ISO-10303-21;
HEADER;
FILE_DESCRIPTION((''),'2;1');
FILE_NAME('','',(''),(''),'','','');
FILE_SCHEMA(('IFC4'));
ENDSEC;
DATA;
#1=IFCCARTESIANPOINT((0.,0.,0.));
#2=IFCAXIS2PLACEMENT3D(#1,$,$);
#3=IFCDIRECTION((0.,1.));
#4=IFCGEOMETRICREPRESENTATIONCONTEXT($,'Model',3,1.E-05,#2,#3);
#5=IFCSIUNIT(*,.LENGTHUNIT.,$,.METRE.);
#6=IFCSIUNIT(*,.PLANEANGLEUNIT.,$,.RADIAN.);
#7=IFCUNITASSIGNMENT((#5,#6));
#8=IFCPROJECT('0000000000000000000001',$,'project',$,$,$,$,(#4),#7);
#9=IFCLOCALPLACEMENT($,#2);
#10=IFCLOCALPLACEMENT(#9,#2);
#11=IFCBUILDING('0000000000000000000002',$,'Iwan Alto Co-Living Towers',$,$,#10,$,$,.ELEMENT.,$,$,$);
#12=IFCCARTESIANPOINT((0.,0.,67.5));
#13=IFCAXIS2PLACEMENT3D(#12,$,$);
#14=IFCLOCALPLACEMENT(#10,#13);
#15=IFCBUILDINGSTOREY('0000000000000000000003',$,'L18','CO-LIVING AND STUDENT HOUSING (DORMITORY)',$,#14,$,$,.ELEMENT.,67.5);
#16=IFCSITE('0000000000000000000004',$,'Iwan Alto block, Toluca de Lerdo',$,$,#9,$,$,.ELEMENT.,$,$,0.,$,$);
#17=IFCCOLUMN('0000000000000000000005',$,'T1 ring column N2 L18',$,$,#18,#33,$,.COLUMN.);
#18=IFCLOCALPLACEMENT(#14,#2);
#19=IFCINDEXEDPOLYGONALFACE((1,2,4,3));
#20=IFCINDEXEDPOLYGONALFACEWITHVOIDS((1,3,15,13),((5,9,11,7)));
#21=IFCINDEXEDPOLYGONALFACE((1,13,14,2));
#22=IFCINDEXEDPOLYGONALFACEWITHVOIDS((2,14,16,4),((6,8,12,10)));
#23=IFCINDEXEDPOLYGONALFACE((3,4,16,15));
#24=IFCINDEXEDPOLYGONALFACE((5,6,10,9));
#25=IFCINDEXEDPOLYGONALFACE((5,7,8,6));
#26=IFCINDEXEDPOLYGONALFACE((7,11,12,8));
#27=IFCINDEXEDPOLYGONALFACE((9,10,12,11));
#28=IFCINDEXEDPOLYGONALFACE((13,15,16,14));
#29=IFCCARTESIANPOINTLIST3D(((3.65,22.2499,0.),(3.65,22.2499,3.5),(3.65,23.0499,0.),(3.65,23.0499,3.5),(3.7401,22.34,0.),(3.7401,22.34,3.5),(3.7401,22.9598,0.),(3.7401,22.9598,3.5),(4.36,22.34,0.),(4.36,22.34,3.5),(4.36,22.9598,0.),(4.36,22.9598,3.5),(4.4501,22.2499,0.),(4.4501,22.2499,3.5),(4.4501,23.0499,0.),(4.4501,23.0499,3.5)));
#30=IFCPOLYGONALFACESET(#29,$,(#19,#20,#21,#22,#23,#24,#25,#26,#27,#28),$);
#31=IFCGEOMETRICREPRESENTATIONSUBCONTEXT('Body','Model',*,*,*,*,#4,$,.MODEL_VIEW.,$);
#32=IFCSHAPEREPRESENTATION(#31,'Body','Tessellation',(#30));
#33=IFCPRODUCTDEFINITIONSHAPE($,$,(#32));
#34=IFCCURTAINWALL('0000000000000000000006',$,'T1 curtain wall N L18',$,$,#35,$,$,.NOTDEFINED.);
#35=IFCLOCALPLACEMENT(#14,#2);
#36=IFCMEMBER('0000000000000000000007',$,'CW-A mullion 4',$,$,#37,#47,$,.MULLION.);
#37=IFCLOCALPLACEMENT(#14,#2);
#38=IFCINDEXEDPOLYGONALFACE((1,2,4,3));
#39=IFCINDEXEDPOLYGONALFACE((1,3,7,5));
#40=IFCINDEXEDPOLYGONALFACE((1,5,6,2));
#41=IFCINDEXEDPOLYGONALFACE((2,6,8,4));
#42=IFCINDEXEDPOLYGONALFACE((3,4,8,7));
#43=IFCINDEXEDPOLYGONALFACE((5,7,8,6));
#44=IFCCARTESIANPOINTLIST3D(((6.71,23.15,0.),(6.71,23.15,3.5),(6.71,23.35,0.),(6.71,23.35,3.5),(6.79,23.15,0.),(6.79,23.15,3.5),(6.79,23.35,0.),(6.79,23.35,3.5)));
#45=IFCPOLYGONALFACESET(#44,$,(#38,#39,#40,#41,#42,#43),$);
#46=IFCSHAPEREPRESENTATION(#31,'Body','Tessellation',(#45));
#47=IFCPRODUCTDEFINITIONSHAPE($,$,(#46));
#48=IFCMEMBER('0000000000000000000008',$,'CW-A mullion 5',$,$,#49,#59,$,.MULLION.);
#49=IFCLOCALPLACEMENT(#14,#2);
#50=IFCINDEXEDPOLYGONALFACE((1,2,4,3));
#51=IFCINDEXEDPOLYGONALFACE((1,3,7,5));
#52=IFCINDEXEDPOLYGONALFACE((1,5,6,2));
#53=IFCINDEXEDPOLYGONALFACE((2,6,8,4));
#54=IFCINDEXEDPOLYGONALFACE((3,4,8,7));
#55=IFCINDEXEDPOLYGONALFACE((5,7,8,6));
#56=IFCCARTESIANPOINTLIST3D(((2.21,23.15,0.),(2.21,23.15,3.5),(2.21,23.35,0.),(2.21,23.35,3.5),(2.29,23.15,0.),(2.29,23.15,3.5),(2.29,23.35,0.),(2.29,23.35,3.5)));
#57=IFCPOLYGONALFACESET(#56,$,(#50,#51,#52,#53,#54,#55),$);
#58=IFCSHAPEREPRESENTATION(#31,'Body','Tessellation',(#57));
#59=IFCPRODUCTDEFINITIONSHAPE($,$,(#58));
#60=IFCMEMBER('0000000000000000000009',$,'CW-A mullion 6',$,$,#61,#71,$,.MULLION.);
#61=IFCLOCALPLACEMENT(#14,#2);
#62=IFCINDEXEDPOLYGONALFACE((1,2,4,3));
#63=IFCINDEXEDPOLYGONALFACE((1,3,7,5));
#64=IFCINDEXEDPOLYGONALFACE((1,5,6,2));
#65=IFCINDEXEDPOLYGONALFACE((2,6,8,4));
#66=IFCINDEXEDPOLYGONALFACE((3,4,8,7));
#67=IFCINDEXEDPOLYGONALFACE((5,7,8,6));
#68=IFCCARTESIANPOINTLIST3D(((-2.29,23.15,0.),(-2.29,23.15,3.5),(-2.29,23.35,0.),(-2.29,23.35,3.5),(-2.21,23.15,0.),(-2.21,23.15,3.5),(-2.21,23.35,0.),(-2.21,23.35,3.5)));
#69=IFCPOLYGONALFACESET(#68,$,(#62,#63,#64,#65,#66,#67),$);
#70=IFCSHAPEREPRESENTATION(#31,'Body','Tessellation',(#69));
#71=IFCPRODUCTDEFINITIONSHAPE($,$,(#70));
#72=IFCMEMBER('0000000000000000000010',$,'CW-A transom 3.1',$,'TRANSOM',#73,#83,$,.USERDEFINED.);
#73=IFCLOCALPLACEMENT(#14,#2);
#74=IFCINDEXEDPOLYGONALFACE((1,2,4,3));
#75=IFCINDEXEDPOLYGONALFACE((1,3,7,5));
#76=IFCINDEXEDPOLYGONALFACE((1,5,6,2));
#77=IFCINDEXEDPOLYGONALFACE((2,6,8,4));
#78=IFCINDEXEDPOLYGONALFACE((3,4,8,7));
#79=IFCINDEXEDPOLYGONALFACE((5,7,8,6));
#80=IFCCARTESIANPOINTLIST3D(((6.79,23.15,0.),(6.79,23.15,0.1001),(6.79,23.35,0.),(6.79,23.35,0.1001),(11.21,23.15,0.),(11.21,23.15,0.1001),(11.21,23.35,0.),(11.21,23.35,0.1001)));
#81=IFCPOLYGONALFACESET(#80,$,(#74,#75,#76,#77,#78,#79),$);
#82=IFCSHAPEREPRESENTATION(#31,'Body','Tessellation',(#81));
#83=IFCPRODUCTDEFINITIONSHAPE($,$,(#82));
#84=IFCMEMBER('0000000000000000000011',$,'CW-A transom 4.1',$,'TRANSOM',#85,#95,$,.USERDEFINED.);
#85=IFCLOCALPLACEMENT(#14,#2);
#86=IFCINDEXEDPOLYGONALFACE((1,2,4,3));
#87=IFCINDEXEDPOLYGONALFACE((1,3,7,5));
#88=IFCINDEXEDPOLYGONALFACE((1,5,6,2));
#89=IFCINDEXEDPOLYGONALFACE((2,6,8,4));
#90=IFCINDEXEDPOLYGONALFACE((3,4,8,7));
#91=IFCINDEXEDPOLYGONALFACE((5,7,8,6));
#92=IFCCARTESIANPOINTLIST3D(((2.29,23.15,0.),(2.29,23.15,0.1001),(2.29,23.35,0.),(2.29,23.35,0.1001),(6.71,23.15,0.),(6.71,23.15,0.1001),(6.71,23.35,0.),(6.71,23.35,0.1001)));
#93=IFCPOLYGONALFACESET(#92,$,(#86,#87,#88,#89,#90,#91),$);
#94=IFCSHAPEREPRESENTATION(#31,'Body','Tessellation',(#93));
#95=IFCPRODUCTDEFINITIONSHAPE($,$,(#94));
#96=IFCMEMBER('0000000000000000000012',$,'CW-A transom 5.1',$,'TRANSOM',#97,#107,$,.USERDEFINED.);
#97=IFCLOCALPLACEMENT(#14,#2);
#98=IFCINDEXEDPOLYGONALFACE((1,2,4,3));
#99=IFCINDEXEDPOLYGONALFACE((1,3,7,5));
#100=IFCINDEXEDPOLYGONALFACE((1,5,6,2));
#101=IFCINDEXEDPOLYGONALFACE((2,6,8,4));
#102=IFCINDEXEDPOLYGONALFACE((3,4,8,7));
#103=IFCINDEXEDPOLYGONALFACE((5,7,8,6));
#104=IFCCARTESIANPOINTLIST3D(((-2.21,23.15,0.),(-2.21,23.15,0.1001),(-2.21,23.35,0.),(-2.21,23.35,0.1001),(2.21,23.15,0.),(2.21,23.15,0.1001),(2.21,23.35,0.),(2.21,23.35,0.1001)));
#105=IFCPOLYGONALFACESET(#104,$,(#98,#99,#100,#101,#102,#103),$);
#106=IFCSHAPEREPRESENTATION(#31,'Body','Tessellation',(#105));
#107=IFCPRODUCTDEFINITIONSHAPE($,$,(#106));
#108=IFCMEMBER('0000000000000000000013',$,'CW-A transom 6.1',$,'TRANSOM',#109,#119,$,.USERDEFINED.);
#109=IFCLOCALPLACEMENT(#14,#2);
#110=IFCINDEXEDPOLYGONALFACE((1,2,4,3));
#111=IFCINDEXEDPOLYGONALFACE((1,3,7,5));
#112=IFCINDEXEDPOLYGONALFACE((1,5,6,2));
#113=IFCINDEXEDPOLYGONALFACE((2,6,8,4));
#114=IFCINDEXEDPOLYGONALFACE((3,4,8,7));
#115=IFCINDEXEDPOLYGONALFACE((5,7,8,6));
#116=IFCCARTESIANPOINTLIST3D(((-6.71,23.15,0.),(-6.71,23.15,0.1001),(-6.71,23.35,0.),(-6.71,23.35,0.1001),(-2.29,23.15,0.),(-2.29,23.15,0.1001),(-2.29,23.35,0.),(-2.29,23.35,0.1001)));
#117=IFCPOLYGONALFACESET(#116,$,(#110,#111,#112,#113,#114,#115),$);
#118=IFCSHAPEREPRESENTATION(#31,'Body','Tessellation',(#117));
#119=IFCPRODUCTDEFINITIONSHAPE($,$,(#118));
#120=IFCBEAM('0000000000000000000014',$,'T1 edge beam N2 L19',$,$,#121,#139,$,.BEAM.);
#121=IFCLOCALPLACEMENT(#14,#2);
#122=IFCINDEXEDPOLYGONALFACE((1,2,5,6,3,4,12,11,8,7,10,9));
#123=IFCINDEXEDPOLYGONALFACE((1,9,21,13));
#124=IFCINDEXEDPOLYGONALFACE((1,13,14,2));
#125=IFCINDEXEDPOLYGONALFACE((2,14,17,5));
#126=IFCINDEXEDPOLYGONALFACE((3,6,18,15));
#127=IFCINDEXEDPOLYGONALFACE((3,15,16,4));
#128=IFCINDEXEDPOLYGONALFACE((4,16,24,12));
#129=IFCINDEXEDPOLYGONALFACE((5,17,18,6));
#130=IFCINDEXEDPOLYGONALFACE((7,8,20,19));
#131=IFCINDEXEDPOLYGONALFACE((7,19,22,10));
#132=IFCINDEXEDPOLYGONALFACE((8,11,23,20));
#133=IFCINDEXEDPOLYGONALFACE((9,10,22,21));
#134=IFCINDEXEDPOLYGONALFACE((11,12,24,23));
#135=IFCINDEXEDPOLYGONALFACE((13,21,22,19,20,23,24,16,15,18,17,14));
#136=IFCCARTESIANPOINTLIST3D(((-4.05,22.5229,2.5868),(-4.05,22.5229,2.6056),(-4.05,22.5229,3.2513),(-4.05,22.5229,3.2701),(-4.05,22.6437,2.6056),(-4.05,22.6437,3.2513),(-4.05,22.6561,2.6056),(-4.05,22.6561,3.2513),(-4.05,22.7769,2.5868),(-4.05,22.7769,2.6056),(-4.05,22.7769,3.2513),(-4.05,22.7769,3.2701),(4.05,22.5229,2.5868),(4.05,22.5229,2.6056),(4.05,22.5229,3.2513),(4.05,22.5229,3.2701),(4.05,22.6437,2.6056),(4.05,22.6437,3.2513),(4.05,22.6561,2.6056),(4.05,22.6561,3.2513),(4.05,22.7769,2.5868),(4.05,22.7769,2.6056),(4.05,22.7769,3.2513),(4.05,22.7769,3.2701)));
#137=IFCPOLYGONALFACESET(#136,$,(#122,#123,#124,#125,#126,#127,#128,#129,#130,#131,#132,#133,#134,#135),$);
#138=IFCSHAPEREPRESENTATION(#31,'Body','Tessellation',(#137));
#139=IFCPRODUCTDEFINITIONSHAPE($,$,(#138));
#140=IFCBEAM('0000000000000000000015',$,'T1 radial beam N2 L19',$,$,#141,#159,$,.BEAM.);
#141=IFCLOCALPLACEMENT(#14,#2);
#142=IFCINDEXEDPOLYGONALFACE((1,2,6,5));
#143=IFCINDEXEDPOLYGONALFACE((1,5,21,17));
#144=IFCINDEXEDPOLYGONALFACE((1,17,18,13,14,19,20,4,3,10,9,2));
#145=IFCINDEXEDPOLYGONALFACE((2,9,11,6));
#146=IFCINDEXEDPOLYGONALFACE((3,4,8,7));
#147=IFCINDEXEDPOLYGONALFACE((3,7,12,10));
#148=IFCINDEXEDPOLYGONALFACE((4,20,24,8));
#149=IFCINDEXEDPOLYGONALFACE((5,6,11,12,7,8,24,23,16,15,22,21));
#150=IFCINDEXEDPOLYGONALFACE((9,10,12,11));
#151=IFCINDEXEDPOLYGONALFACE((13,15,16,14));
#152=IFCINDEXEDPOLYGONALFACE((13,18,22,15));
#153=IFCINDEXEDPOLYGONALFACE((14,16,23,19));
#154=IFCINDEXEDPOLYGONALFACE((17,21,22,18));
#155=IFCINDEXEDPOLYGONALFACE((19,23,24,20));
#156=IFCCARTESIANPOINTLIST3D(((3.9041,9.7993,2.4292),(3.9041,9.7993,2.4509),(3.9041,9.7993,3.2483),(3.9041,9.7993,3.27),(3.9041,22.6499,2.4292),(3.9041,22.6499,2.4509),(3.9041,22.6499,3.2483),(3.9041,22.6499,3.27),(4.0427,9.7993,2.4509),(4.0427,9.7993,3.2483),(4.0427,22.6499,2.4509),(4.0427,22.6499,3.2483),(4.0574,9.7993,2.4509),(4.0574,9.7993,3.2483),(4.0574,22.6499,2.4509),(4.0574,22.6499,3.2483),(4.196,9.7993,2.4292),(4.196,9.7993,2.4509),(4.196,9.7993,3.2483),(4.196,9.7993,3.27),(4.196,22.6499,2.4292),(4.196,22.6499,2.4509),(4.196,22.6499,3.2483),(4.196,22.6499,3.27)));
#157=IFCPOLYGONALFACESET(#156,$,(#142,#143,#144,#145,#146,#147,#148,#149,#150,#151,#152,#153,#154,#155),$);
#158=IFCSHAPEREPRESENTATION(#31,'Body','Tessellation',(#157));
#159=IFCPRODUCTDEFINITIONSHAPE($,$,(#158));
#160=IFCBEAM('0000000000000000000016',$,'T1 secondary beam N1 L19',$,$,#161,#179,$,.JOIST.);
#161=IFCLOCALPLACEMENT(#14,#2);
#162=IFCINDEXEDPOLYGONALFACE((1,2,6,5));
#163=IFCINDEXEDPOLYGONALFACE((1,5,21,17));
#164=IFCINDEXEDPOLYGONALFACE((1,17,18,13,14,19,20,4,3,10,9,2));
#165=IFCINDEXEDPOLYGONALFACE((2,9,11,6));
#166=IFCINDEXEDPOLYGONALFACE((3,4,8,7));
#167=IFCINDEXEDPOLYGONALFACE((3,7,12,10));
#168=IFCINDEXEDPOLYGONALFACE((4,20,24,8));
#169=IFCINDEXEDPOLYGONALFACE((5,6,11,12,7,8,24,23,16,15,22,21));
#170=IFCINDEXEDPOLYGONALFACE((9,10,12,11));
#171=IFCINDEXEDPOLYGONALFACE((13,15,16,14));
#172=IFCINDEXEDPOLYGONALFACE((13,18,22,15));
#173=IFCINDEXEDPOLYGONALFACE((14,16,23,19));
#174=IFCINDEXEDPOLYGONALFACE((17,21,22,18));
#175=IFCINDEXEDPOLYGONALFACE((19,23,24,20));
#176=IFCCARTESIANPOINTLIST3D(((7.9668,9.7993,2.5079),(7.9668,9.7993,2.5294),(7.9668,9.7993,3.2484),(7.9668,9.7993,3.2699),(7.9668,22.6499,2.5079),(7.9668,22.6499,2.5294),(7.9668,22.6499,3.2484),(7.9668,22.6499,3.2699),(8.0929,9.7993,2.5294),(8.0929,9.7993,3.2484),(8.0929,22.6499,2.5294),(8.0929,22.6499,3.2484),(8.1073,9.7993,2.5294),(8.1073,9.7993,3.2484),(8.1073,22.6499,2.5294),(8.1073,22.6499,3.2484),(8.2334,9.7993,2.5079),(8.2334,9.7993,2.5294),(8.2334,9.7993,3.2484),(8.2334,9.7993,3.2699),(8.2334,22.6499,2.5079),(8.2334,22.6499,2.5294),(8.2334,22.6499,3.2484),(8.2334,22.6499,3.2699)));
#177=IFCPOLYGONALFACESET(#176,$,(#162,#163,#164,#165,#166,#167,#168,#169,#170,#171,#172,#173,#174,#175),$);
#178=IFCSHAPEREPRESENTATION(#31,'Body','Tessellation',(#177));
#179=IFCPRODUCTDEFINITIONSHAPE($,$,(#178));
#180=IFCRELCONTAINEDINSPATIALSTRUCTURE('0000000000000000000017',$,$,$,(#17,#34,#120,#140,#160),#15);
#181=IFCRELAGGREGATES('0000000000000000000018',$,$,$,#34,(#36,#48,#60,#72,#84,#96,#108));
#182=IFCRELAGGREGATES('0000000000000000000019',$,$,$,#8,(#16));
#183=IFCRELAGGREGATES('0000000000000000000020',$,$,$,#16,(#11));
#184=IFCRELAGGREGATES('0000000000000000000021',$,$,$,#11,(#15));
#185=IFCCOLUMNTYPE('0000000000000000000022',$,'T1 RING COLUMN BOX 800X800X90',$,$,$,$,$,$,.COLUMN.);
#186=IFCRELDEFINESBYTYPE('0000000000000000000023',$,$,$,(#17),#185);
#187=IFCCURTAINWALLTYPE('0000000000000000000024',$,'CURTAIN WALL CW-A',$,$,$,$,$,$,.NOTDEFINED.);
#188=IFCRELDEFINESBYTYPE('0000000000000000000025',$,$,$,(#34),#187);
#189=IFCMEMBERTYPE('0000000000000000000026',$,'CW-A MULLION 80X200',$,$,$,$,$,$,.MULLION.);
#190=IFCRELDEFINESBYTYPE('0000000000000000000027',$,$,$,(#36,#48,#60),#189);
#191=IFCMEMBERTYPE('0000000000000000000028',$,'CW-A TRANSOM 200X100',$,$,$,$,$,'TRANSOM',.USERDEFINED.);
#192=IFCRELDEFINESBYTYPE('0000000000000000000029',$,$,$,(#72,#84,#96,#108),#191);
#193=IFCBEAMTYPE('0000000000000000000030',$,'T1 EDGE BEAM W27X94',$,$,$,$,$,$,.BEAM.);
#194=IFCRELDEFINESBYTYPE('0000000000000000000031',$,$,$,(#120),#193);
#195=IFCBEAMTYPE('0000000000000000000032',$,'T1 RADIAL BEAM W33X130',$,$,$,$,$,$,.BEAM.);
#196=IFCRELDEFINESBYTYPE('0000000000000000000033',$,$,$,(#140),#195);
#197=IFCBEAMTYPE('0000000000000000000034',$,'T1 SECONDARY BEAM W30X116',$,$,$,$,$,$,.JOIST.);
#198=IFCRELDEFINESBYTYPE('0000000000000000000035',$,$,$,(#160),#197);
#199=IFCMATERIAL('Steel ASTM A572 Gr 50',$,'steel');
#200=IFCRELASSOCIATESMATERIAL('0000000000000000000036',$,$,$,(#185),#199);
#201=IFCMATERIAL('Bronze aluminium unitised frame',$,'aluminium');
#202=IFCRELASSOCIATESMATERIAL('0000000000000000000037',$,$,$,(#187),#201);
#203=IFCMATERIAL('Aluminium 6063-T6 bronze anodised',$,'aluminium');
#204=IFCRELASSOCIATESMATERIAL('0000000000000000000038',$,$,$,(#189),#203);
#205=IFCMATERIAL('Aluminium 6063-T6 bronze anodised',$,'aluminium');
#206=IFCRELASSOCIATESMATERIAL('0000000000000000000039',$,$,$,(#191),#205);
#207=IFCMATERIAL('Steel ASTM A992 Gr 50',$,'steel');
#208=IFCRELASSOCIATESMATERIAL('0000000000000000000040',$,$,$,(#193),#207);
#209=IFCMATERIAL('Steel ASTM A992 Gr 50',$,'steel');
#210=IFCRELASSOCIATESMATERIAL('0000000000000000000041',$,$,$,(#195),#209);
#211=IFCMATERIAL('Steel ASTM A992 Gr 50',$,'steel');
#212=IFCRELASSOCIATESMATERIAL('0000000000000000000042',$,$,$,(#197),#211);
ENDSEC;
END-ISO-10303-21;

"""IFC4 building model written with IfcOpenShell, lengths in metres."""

from ifc_helpers import new_model, si_unit, direction, frame, origin, origin_2d, place, context, subcontext, project, spatial, rectangle, hollow_rectangle, i_section, extrude, material, material_profile, profile_set, type_object, element, aggregate, save


model = new_model("IFC4")

# Units and contexts
model_context = context("Model", 3, precision=1e-05, world=origin(), true_north=direction((0.0, 1.0)))
body_context = subcontext(model_context, "Body", "Model", "MODEL_VIEW")
ifc_project = project(units=[si_unit("LENGTHUNIT", "METRE"), si_unit("PLANEANGLEUNIT", "RADIAN")], contexts=[model_context])

# Site, building, storey
site_placement = place(None, origin())
site = spatial("IfcSite", under=ifc_project, at=site_placement, Name="Iwan Alto block, Toluca de Lerdo", CompositionType="ELEMENT", RefElevation=0.0)
building_placement = place(site_placement, origin())
building = spatial("IfcBuilding", under=site, at=building_placement, Name="Iwan Alto Co-Living Towers", CompositionType="ELEMENT")
storey_placement = place(building_placement, frame((0.0, 0.0, 67.5)))
storey = spatial("IfcBuildingStorey", under=building, at=storey_placement, Name="L18", Description="CO-LIVING AND STUDENT HOUSING (DORMITORY)", CompositionType="ELEMENT", Elevation=67.5)

# Column
ifc_material_1 = material(Name="Steel ASTM A572 Gr 50", Category="steel")
ifc_material_profile_1 = material_profile(ifc_material_1, hollow_rectangle(XDim=0.8, YDim=0.8, WallThickness=0.0901, at=origin_2d()), Name="BOX 800X800X90")
ifc_profile_set_1 = profile_set([ifc_material_profile_1], Name="Steel ASTM A572 Gr 50")
column_type = type_object("IfcColumnType", Name="T1 RING COLUMN BOX 800X800X90", PredefinedType="COLUMN", material=ifc_profile_set_1)
column_placement = place(storey_placement, frame((4.05, 22.6499, 0.0), z_axis=(0.0, 0.0, 1.0), x_axis=(1.0, 0.0, 0.0)))
element("IfcColumn", 1, at=column_placement, inside=storey, type_object=column_type, Name="T1 ring column N2 L18", PredefinedType="COLUMN", context=body_context, shape_type="SweptSolid", body=[
    extrude(hollow_rectangle(XDim=0.8, YDim=0.8, WallThickness=0.0901, at=origin_2d()), origin(), (0.0, 0.0, 1.0), 3.5),
])

# Curtain wall, members
ifc_material_2 = material(Name="Bronze aluminium unitised frame", Category="aluminium")
curtain_wall_type = type_object("IfcCurtainWallType", Name="CURTAIN WALL CW-A", PredefinedType="NOTDEFINED", material=ifc_material_2)
curtain_wall_placement = place(storey_placement, origin())
curtain_wall = element("IfcCurtainWall", 2, at=curtain_wall_placement, inside=storey, type_object=curtain_wall_type, Name="T1 curtain wall N L18", PredefinedType="NOTDEFINED")
ifc_material_3 = material(Name="Aluminium 6063-T6 bronze anodised", Category="aluminium")
ifc_material_profile_2 = material_profile(ifc_material_3, rectangle(XDim=0.2, YDim=0.0801, at=origin_2d()), Name="AL 80X200")
ifc_profile_set_2 = profile_set([ifc_material_profile_2], Name="Aluminium 6063-T6 bronze anodised")
member_type_1 = type_object("IfcMemberType", Name="CW-A MULLION 80X200", PredefinedType="MULLION", material=ifc_profile_set_2)
member_1_placement = place(storey_placement, frame((6.75, 23.25, 0.0), z_axis=(0.0, 0.0, 1.0), x_axis=(0.0, -1.0, 0.0)))
member_1 = element("IfcMember", 3, at=member_1_placement, type_object=member_type_1, Name="CW-A mullion 4", PredefinedType="MULLION", context=body_context, shape_type="SweptSolid", body=[
    extrude(rectangle(XDim=0.2, YDim=0.0801, at=origin_2d()), origin(), (0.0, 0.0, 1.0), 3.5),
])
member_2_placement = place(storey_placement, frame((2.25, 23.25, 0.0), z_axis=(0.0, 0.0, 1.0), x_axis=(0.0, -1.0, 0.0)))
member_2 = element("IfcMember", 4, at=member_2_placement, type_object=member_type_1, Name="CW-A mullion 5", PredefinedType="MULLION", context=body_context, shape_type="SweptSolid", body=[
    extrude(rectangle(XDim=0.2, YDim=0.0801, at=origin_2d()), origin(), (0.0, 0.0, 1.0), 3.5),
])
member_3_placement = place(storey_placement, frame((-2.25, 23.25, 0.0), z_axis=(0.0, 0.0, 1.0), x_axis=(0.0, -1.0, 0.0)))
member_3 = element("IfcMember", 5, at=member_3_placement, type_object=member_type_1, Name="CW-A mullion 6", PredefinedType="MULLION", context=body_context, shape_type="SweptSolid", body=[
    extrude(rectangle(XDim=0.2, YDim=0.0801, at=origin_2d()), origin(), (0.0, 0.0, 1.0), 3.5),
])
ifc_material_4 = material(Name="Aluminium 6063-T6 bronze anodised", Category="aluminium")
ifc_material_profile_3 = material_profile(ifc_material_4, rectangle(XDim=0.2, YDim=0.1001, at=origin_2d()), Name="AL 200X100")
ifc_profile_set_3 = profile_set([ifc_material_profile_3], Name="Aluminium 6063-T6 bronze anodised")
member_type_2 = type_object("IfcMemberType", Name="CW-A TRANSOM 200X100", ElementType="TRANSOM", PredefinedType="USERDEFINED", material=ifc_profile_set_3)
member_4_placement = place(storey_placement, frame((11.21, 23.25, 0.05), z_axis=(-1.0, 0.0, 0.0), x_axis=(0.0, -1.0, 0.0)))
member_4 = element("IfcMember", 6, at=member_4_placement, type_object=member_type_2, Name="CW-A transom 3.1", ObjectType="TRANSOM", PredefinedType="USERDEFINED", context=body_context, shape_type="SweptSolid", body=[
    extrude(rectangle(XDim=0.2, YDim=0.1001, at=origin_2d()), origin(), (0.0, 0.0, 1.0), 4.4199),
])
member_5_placement = place(storey_placement, frame((6.71, 23.25, 0.05), z_axis=(-1.0, 0.0, 0.0), x_axis=(0.0, -1.0, 0.0)))
member_5 = element("IfcMember", 7, at=member_5_placement, type_object=member_type_2, Name="CW-A transom 4.1", ObjectType="TRANSOM", PredefinedType="USERDEFINED", context=body_context, shape_type="SweptSolid", body=[
    extrude(rectangle(XDim=0.2, YDim=0.1001, at=origin_2d()), origin(), (0.0, 0.0, 1.0), 4.4199),
])
member_6_placement = place(storey_placement, frame((2.21, 23.25, 0.05), z_axis=(-1.0, 0.0, 0.0), x_axis=(0.0, -1.0, 0.0)))
member_6 = element("IfcMember", 8, at=member_6_placement, type_object=member_type_2, Name="CW-A transom 5.1", ObjectType="TRANSOM", PredefinedType="USERDEFINED", context=body_context, shape_type="SweptSolid", body=[
    extrude(rectangle(XDim=0.2, YDim=0.1001, at=origin_2d()), origin(), (0.0, 0.0, 1.0), 4.4199),
])
member_7_placement = place(storey_placement, frame((-2.29, 23.25, 0.05), z_axis=(-1.0, 0.0, 0.0), x_axis=(0.0, -1.0, 0.0)))
member_7 = element("IfcMember", 9, at=member_7_placement, type_object=member_type_2, Name="CW-A transom 6.1", ObjectType="TRANSOM", PredefinedType="USERDEFINED", context=body_context, shape_type="SweptSolid", body=[
    extrude(rectangle(XDim=0.2, YDim=0.1001, at=origin_2d()), origin(), (0.0, 0.0, 1.0), 4.4199),
])

# Beams
ifc_material_5 = material(Name="Steel ASTM A992 Gr 50", Category="steel")
ifc_material_profile_4 = material_profile(ifc_material_5, i_section(OverallWidth=0.2539, OverallDepth=0.6833, WebThickness=0.0125, FlangeThickness=0.0188, at=origin_2d()), Name="W27X94")
ifc_profile_set_4 = profile_set([ifc_material_profile_4], Name="Steel ASTM A992 Gr 50")
beam_type_1 = type_object("IfcBeamType", Name="T1 EDGE BEAM W27X94", PredefinedType="BEAM", material=ifc_profile_set_4)
beam_1_placement = place(storey_placement, frame((4.05, 22.6499, 2.9285), z_axis=(-1.0, 0.0, 0.0), x_axis=(0.0, -1.0, 0.0)))
element("IfcBeam", 10, at=beam_1_placement, inside=storey, type_object=beam_type_1, Name="T1 edge beam N2 L19", PredefinedType="BEAM", context=body_context, shape_type="SweptSolid", body=[
    extrude(i_section(OverallWidth=0.2539, OverallDepth=0.6833, WebThickness=0.0125, FlangeThickness=0.0188, at=origin_2d()), origin(), (0.0, 0.0, 1.0), 8.1001),
])
ifc_material_6 = material(Name="Steel ASTM A992 Gr 50", Category="steel")
ifc_material_profile_5 = material_profile(ifc_material_6, i_section(OverallWidth=0.292, OverallDepth=0.8408, WebThickness=0.0146, FlangeThickness=0.0217, at=origin_2d()), Name="W33X130")
ifc_profile_set_5 = profile_set([ifc_material_profile_5], Name="Steel ASTM A992 Gr 50")
beam_type_2 = type_object("IfcBeamType", Name="T1 RADIAL BEAM W33X130", PredefinedType="BEAM", material=ifc_profile_set_5)
beam_2_placement = place(storey_placement, frame((4.05, 22.6499, 2.8496), z_axis=(0.0, -1.0, 0.0), x_axis=(1.0, 0.0, 0.0)))
element("IfcBeam", 11, at=beam_2_placement, inside=storey, type_object=beam_type_2, Name="T1 radial beam N2 L19", PredefinedType="BEAM", context=body_context, shape_type="SweptSolid", body=[
    extrude(i_section(OverallWidth=0.292, OverallDepth=0.8408, WebThickness=0.0146, FlangeThickness=0.0217, at=origin_2d()), origin(), (0.0, 0.0, 1.0), 12.8506),
])
ifc_material_7 = material(Name="Steel ASTM A992 Gr 50", Category="steel")
ifc_material_profile_6 = material_profile(ifc_material_7, i_section(OverallWidth=0.2666, OverallDepth=0.762, WebThickness=0.0144, FlangeThickness=0.0215, at=origin_2d()), Name="W30X116")
ifc_profile_set_6 = profile_set([ifc_material_profile_6], Name="Steel ASTM A992 Gr 50")
beam_type_3 = type_object("IfcBeamType", Name="T1 SECONDARY BEAM W30X116", PredefinedType="JOIST", material=ifc_profile_set_6)
for number, where, z_axis, x_axis, name in (
    (12, (8.1001, 22.6499, 2.8889), (0.0, -1.0, 0.0), (1.0, 0.0, 0.0), "T1 secondary beam N1 L19"),
):
    element("IfcBeam", number, at=place(storey_placement, frame(where, z_axis=z_axis, x_axis=x_axis)), inside=storey, type_object=beam_type_3, Name=name, PredefinedType="JOIST", context=body_context, shape_type="SweptSolid", body=[
        extrude(i_section(OverallWidth=0.2666, OverallDepth=0.762, WebThickness=0.0144, FlangeThickness=0.0215, at=origin_2d()), origin(), (0.0, 0.0, 1.0), 12.8506),
    ])

aggregate(curtain_wall, [member_1, member_2, member_3, member_4, member_5, member_6, member_7])

save(model, "model.ifc")
